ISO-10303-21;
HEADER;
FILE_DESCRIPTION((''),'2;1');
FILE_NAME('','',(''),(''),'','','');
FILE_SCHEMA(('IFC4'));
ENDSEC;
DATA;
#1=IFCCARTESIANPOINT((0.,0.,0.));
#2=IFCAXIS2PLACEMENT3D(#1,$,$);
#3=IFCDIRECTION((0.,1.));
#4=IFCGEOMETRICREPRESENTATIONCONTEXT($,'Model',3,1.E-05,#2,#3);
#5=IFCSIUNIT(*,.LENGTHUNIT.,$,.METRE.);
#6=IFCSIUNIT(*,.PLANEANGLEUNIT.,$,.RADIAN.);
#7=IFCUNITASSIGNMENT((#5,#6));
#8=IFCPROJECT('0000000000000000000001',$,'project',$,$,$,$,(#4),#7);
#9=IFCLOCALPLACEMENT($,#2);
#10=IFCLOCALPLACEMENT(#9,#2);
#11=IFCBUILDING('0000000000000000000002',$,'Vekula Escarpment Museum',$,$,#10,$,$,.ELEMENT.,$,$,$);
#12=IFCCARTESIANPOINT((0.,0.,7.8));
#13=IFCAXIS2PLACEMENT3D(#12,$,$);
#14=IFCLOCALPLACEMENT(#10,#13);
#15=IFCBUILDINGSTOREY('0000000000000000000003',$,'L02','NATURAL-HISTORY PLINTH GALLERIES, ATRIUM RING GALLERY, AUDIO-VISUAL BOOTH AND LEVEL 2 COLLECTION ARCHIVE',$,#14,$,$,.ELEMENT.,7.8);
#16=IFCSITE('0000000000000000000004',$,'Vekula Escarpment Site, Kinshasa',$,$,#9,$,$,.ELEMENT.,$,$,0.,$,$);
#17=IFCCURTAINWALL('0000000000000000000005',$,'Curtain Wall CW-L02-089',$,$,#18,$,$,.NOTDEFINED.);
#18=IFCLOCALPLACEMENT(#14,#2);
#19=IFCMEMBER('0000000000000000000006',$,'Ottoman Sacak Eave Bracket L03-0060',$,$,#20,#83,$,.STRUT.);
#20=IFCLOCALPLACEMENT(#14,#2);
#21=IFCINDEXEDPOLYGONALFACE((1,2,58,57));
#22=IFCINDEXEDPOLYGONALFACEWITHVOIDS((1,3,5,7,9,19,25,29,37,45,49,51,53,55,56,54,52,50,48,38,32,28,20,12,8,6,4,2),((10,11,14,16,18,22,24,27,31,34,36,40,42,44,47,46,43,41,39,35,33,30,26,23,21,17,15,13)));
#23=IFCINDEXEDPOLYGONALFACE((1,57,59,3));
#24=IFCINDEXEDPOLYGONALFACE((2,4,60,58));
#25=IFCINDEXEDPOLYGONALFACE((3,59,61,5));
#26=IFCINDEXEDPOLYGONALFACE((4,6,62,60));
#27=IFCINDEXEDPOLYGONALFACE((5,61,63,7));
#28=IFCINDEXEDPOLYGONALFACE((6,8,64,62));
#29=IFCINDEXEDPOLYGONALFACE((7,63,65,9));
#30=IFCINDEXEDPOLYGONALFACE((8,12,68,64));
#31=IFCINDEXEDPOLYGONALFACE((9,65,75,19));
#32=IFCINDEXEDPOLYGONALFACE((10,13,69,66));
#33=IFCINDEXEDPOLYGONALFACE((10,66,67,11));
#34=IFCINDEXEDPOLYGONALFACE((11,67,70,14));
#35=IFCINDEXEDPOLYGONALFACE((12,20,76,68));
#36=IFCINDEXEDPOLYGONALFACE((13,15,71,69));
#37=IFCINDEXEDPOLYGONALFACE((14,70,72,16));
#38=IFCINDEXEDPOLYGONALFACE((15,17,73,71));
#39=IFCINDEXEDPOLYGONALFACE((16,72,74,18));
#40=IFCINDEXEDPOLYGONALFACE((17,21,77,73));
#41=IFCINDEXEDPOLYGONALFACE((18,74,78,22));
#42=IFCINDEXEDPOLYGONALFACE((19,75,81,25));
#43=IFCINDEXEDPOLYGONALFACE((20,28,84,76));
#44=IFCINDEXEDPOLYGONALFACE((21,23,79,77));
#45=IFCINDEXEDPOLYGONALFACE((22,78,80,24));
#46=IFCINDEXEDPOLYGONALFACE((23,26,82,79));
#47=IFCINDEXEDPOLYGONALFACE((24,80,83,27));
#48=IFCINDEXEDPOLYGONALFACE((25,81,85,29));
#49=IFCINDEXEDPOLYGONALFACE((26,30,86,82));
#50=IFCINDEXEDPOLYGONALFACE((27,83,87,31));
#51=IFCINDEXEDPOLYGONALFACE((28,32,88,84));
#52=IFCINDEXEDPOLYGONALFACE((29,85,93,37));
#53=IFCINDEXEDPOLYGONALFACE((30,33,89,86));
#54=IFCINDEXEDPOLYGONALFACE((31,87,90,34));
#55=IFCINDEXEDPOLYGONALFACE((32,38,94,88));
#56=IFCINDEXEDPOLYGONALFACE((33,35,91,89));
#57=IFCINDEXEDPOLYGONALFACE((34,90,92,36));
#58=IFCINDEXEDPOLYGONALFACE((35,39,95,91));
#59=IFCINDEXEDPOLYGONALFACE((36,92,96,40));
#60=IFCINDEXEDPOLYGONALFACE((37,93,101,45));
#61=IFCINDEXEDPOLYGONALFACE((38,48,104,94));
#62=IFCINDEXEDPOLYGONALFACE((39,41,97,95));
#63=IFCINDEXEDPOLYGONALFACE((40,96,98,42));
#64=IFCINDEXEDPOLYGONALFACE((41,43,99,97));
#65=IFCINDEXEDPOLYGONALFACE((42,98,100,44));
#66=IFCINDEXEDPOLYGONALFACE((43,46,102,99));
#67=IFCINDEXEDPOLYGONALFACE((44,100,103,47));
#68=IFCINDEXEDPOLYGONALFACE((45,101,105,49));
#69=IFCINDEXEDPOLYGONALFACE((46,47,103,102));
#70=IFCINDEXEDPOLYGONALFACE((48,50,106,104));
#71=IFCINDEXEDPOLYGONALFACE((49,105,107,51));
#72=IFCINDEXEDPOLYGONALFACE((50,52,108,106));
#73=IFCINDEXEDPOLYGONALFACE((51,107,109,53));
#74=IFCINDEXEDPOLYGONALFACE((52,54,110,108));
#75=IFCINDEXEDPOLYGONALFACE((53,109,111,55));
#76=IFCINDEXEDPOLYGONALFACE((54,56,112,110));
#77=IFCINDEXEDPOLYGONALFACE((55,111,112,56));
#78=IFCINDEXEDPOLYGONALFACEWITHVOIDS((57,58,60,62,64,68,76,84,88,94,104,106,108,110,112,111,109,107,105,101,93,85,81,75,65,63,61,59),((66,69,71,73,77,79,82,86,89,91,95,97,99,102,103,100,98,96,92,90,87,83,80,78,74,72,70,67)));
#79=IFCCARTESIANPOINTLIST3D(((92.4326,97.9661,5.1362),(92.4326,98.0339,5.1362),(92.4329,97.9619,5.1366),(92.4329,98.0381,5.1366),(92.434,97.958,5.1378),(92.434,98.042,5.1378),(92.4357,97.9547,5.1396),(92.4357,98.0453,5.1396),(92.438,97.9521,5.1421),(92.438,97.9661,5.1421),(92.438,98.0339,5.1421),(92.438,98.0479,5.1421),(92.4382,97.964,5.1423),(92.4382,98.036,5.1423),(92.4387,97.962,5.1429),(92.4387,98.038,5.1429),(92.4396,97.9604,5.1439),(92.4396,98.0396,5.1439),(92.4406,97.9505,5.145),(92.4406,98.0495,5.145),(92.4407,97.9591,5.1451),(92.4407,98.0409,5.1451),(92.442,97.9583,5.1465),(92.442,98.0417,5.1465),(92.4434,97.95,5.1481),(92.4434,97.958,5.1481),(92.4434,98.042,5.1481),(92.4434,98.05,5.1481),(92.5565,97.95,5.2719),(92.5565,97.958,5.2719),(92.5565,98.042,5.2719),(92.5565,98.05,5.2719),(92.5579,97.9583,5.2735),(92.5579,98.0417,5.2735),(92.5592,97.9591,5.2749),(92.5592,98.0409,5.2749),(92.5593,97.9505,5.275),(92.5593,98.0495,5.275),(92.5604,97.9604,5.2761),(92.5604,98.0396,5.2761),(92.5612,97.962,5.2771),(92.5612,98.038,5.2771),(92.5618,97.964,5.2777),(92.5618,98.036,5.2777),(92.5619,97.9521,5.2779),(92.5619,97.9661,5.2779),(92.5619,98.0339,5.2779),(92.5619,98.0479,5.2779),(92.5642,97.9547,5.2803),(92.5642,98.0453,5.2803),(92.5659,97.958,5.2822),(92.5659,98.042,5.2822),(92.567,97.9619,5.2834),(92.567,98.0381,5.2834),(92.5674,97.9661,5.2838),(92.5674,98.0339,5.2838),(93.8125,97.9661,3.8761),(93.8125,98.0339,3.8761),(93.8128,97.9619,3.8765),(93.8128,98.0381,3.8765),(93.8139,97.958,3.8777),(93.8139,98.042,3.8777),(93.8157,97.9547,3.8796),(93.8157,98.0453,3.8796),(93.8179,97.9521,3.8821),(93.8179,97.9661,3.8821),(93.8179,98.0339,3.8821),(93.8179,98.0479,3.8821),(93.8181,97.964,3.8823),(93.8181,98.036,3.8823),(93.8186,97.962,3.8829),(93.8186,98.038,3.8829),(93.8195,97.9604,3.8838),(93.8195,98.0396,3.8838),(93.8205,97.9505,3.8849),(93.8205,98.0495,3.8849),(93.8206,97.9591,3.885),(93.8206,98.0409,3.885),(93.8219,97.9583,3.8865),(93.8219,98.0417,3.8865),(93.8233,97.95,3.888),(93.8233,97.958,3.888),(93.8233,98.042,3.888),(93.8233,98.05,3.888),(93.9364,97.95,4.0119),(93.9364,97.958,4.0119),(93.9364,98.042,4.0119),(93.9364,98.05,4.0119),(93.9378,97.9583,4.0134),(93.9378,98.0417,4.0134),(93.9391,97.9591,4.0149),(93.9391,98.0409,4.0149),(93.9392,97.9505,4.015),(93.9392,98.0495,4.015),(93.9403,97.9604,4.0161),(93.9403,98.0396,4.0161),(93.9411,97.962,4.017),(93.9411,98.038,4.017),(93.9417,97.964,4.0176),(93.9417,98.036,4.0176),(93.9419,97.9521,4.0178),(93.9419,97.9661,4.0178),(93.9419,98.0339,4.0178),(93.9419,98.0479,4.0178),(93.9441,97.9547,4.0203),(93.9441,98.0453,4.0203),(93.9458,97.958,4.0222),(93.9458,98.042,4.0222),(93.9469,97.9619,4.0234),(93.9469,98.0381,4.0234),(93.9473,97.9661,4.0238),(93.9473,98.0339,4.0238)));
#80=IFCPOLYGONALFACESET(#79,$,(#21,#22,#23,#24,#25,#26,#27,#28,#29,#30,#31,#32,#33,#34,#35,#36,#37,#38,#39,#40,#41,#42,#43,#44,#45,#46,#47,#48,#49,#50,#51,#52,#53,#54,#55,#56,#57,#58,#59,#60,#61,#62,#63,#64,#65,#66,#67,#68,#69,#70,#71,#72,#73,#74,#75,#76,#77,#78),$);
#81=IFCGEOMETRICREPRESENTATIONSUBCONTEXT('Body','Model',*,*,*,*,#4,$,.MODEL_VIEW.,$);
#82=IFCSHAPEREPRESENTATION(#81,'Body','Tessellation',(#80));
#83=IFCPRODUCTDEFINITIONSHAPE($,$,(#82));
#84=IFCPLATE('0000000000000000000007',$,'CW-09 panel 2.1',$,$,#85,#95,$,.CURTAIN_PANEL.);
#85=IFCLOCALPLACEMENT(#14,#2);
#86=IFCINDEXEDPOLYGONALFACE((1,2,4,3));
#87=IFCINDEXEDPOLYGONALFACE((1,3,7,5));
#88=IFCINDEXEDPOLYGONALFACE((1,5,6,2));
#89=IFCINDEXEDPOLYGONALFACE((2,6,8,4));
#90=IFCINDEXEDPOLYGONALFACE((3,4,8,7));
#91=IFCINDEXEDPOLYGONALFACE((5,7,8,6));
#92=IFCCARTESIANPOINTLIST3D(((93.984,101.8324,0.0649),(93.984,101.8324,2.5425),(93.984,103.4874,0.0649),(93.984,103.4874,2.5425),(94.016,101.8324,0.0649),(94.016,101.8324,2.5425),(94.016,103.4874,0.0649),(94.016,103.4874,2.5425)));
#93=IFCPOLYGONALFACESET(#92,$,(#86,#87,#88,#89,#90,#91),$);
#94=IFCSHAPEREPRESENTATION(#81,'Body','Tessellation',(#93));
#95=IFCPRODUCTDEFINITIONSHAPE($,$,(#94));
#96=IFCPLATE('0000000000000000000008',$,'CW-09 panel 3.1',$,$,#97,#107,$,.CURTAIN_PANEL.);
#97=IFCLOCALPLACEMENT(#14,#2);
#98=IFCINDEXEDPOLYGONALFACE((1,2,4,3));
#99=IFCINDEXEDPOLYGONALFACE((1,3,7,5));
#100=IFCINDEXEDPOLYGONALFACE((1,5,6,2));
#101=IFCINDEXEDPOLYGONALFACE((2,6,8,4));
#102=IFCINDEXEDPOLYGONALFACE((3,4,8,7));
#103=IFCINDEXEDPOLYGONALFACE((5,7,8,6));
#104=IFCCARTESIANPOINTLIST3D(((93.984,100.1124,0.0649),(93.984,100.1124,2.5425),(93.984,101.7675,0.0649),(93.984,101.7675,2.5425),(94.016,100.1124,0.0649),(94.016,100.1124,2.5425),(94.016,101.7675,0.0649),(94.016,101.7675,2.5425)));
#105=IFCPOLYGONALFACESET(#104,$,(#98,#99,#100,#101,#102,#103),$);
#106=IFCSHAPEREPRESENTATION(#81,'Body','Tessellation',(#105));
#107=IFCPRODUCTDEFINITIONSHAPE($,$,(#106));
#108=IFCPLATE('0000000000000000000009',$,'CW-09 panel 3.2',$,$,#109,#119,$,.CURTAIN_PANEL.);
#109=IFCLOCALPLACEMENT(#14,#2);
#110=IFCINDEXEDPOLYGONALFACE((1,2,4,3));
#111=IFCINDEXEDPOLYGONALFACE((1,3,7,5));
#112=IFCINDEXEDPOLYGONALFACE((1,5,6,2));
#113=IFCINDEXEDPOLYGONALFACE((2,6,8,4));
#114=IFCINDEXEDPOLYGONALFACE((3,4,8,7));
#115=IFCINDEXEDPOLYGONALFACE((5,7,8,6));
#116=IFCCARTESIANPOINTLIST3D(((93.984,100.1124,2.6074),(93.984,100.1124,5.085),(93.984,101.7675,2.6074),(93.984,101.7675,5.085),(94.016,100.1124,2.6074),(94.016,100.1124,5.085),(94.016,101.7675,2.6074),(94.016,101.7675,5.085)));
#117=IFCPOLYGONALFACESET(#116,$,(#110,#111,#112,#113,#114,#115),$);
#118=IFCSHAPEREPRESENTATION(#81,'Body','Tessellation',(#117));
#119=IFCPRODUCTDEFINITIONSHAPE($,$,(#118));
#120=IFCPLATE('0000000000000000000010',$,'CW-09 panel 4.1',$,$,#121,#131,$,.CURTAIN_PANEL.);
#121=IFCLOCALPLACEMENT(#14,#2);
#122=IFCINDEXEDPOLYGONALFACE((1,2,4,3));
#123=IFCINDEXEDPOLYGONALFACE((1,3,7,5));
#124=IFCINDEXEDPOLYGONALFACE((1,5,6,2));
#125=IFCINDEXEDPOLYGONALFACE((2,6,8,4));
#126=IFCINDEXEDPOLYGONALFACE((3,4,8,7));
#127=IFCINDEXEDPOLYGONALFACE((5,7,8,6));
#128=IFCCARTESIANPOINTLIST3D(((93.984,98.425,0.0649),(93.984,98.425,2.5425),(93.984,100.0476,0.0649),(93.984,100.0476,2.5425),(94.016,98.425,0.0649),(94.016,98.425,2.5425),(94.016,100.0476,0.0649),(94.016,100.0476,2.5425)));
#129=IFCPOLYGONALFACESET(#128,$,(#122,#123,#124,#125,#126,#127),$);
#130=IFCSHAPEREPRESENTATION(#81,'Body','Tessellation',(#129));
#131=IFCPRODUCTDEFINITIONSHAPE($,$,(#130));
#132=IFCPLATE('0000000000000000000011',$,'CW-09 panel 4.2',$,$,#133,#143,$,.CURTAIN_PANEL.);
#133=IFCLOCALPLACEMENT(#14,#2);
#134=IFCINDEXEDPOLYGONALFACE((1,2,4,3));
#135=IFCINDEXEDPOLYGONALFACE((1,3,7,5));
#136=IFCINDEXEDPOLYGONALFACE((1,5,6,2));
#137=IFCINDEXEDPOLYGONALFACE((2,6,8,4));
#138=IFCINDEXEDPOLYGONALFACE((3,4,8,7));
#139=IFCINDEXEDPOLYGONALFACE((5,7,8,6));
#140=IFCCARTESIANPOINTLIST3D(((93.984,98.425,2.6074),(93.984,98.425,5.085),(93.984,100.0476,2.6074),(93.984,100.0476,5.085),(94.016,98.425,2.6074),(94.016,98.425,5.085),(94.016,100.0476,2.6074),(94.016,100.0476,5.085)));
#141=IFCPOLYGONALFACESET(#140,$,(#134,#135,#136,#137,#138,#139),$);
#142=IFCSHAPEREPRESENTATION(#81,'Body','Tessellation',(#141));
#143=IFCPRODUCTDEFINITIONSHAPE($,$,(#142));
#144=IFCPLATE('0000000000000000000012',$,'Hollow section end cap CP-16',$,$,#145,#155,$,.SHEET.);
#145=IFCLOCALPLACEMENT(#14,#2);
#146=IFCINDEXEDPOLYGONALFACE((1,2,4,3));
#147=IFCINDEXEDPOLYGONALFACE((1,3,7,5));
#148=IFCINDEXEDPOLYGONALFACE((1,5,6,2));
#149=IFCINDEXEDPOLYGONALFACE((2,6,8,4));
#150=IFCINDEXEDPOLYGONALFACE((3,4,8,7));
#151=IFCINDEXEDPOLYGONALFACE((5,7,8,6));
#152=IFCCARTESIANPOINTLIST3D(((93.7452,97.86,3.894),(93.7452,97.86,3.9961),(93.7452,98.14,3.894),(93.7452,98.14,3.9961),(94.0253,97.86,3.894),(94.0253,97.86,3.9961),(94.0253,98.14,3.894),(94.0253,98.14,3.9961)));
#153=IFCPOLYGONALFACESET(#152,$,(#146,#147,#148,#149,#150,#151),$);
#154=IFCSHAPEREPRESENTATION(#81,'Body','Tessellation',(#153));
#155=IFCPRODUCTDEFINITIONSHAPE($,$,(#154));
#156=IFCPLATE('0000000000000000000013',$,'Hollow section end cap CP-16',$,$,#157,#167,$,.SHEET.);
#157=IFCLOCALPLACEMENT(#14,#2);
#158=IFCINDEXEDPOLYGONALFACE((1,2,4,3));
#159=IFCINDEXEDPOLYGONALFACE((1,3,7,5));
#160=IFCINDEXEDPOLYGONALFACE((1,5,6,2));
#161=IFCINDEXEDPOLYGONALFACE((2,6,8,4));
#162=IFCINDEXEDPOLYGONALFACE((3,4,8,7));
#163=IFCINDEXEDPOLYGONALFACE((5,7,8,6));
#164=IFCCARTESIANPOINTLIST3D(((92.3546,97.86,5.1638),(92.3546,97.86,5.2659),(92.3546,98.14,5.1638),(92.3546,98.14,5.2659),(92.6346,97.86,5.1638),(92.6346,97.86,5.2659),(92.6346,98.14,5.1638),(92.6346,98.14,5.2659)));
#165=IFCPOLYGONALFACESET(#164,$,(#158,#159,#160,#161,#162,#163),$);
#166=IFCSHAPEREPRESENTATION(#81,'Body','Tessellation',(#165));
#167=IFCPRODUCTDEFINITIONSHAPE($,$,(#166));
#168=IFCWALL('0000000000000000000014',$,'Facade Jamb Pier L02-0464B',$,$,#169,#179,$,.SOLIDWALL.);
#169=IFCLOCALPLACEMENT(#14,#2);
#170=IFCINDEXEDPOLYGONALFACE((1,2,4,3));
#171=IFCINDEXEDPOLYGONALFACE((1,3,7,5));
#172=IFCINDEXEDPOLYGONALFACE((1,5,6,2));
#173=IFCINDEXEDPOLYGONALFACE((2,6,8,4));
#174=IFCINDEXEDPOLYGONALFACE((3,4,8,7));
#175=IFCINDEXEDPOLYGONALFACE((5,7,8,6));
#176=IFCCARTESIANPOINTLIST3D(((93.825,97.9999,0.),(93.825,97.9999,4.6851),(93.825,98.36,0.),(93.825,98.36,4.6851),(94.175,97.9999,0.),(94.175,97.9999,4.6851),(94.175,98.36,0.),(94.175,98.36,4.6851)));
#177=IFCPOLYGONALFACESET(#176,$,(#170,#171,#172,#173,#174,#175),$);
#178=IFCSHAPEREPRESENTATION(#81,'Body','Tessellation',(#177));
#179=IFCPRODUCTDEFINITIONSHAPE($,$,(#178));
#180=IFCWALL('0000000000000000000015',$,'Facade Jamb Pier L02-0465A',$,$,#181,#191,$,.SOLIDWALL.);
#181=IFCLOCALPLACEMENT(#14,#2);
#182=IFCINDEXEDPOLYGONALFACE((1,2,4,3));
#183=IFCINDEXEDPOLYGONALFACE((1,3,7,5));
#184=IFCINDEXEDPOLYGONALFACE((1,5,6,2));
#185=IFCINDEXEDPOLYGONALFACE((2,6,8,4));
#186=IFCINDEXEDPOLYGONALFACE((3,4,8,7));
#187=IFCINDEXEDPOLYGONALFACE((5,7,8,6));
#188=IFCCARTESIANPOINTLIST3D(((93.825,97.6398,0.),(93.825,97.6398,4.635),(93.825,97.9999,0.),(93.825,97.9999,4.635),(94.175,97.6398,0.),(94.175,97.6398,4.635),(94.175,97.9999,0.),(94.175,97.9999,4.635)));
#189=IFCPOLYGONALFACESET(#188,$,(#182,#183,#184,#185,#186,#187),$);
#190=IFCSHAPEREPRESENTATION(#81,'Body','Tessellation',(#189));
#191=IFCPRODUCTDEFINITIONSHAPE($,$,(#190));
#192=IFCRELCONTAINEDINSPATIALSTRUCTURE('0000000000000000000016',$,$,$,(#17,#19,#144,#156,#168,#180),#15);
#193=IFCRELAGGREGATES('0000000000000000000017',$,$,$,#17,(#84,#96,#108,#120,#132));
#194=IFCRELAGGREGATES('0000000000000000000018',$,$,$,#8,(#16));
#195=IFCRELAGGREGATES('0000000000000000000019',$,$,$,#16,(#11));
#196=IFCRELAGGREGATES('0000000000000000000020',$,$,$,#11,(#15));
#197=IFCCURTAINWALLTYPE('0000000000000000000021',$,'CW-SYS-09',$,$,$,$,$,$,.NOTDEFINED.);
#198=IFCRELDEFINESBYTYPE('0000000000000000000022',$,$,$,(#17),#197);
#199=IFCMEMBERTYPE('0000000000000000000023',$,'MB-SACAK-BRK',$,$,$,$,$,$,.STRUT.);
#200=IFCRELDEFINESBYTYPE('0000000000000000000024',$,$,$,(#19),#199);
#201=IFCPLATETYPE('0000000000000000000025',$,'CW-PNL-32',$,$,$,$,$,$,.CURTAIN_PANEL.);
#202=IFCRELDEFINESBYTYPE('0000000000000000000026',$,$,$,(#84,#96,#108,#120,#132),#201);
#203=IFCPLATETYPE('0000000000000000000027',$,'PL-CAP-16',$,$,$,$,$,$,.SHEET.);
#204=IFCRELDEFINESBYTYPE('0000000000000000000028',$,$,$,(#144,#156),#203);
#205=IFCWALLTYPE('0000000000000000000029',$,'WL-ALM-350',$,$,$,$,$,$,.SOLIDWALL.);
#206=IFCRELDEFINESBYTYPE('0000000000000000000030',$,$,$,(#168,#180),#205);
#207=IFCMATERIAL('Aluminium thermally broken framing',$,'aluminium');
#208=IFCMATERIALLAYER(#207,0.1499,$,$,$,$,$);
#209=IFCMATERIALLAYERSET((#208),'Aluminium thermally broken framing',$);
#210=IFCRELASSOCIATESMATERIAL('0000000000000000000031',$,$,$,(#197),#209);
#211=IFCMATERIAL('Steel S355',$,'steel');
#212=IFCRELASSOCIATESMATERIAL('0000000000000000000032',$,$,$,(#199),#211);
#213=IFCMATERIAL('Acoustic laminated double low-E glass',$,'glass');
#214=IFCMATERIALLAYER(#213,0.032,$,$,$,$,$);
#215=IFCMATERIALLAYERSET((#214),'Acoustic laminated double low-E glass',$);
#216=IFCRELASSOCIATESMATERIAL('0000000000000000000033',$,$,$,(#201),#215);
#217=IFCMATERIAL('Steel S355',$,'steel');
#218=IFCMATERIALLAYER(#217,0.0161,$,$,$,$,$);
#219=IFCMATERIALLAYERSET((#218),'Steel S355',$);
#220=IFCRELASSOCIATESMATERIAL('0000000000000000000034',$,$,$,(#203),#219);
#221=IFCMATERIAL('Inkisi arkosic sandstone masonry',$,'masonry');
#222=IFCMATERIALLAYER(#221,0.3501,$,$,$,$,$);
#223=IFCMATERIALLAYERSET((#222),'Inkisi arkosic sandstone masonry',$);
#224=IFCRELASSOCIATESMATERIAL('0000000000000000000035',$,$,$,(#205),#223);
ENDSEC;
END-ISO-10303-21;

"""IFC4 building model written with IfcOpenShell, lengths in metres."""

from ifc_helpers import new_model, si_unit, direction, frame, frame_2d, origin, origin_2d, place, context, subcontext, project, spatial, rectangle, hollow_rectangle, extrude, material, layer, layer_set, material_profile, profile_set, type_object, element, aggregate, save


model = new_model("IFC4")

# Units and contexts
model_context = context("Model", 3, precision=1e-05, world=origin(), true_north=direction((0.0, 1.0)))
body_context = subcontext(model_context, "Body", "Model", "MODEL_VIEW")
ifc_project = project(units=[si_unit("LENGTHUNIT", "METRE"), si_unit("PLANEANGLEUNIT", "RADIAN")], contexts=[model_context])

# Site, building, storey
site_placement = place(None, origin())
site = spatial("IfcSite", under=ifc_project, at=site_placement, Name="Vekula Escarpment Site, Kinshasa", CompositionType="ELEMENT", RefElevation=0.0)
building_placement = place(site_placement, origin())
building = spatial("IfcBuilding", under=site, at=building_placement, Name="Vekula Escarpment Museum", CompositionType="ELEMENT")
storey_placement = place(building_placement, frame((0.0, 0.0, 7.8)))
storey = spatial("IfcBuildingStorey", under=building, at=storey_placement, Name="L02", Description="NATURAL-HISTORY PLINTH GALLERIES, ATRIUM RING GALLERY, AUDIO-VISUAL BOOTH AND LEVEL 2 COLLECTION ARCHIVE", CompositionType="ELEMENT", Elevation=7.8)

# Curtain wall
ifc_material_1 = material(Name="Aluminium thermally broken framing", Category="aluminium")
ifc_layer_1 = layer(ifc_material_1, 0.1499)
ifc_layer_set_1 = layer_set([ifc_layer_1], Name="Aluminium thermally broken framing")
curtain_wall_type_1 = type_object("IfcCurtainWallType", Name="CW-SYS-09", PredefinedType="NOTDEFINED", material=ifc_layer_set_1)
curtain_wall_1_placement = place(storey_placement, origin())
curtain_wall_1 = element("IfcCurtainWall", 1, at=curtain_wall_1_placement, inside=storey, type_object=curtain_wall_type_1, Name="Curtain Wall CW-L02-089", PredefinedType="NOTDEFINED")

# Member
ifc_material_2 = material(Name="Steel S355", Category="steel")
ifc_material_profile_1 = material_profile(ifc_material_2, hollow_rectangle(XDim=0.1001, YDim=0.2, WallThickness=0.0081, InnerFilletRadius=0.0081, OuterFilletRadius=0.0161, at=origin_2d()), Name="RHS 200x100x8")
ifc_profile_set_1 = profile_set([ifc_material_profile_1], Name="Steel S355")
member_type_1 = type_object("IfcMemberType", Name="MB-SACAK-BRK", PredefinedType="STRUT", material=ifc_profile_set_1)
member_1_placement = place(storey_placement, frame((93.8799, 98.0, 3.95), z_axis=(-0.738454, 0.0, 0.674303), x_axis=(0.0, -1.0, 0.0)))
element("IfcMember", 2, at=member_1_placement, inside=storey, type_object=member_type_1, Name="Ottoman Sacak Eave Bracket L03-0060", PredefinedType="STRUT", context=body_context, shape_type="SweptSolid", body=[
    extrude(hollow_rectangle(XDim=0.1001, YDim=0.2, WallThickness=0.0081, InnerFilletRadius=0.0081, OuterFilletRadius=0.0161, at=origin_2d()), origin(), (0.0, 0.0, 1.0), 1.8687),
])

# Plates
ifc_material_3 = material(Name="Acoustic laminated double low-E glass", Category="glass")
ifc_layer_2 = layer(ifc_material_3, 0.032)
ifc_layer_set_2 = layer_set([ifc_layer_2], Name="Acoustic laminated double low-E glass")
plate_type_1 = type_object("IfcPlateType", Name="CW-PNL-32", PredefinedType="CURTAIN_PANEL", material=ifc_layer_set_2)
plate_1_placement = place(storey_placement, frame((94.0, 102.6599, 0.0649), z_axis=(0.0, 0.0, 1.0), x_axis=(0.0, -1.0, 0.0)))
plate_1 = element("IfcPlate", 3, at=plate_1_placement, type_object=plate_type_1, Name="CW-09 panel 2.1", PredefinedType="CURTAIN_PANEL", context=body_context, shape_type="SweptSolid", body=[
    extrude(rectangle(XDim=1.655, YDim=0.032, at=origin_2d()), origin(), (0.0, 0.0, 1.0), 2.4775),
])
plate_2_placement = place(storey_placement, frame((94.0, 100.9399, 0.0649), z_axis=(0.0, 0.0, 1.0), x_axis=(0.0, -1.0, 0.0)))
plate_2 = element("IfcPlate", 4, at=plate_2_placement, type_object=plate_type_1, Name="CW-09 panel 3.1", PredefinedType="CURTAIN_PANEL", context=body_context, shape_type="SweptSolid", body=[
    extrude(rectangle(XDim=1.655, YDim=0.032, at=origin_2d()), origin(), (0.0, 0.0, 1.0), 2.4775),
])
plate_3_placement = place(storey_placement, frame((94.0, 100.9399, 2.6074), z_axis=(0.0, 0.0, 1.0), x_axis=(0.0, -1.0, 0.0)))
plate_3 = element("IfcPlate", 5, at=plate_3_placement, type_object=plate_type_1, Name="CW-09 panel 3.2", PredefinedType="CURTAIN_PANEL", context=body_context, shape_type="SweptSolid", body=[
    extrude(rectangle(XDim=1.655, YDim=0.032, at=origin_2d()), origin(), (0.0, 0.0, 1.0), 2.4775),
])
plate_4_placement = place(storey_placement, frame((94.0, 99.2363, 0.0649), z_axis=(0.0, 0.0, 1.0), x_axis=(0.0, -1.0, 0.0)))
plate_4 = element("IfcPlate", 6, at=plate_4_placement, type_object=plate_type_1, Name="CW-09 panel 4.1", PredefinedType="CURTAIN_PANEL", context=body_context, shape_type="SweptSolid", body=[
    extrude(rectangle(XDim=1.6226, YDim=0.032, at=origin_2d()), origin(), (0.0, 0.0, 1.0), 2.4775),
])
plate_5_placement = place(storey_placement, frame((94.0, 99.2363, 2.6074), z_axis=(0.0, 0.0, 1.0), x_axis=(0.0, -1.0, 0.0)))
plate_5 = element("IfcPlate", 7, at=plate_5_placement, type_object=plate_type_1, Name="CW-09 panel 4.2", PredefinedType="CURTAIN_PANEL", context=body_context, shape_type="SweptSolid", body=[
    extrude(rectangle(XDim=1.6226, YDim=0.032, at=origin_2d()), origin(), (0.0, 0.0, 1.0), 2.4775),
])
aggregate(curtain_wall_1, [plate_1, plate_2, plate_3, plate_4, plate_5])

# Plates
ifc_material_4 = material(Name="Steel S355", Category="steel")
ifc_layer_3 = layer(ifc_material_4, 0.0161)
ifc_layer_set_3 = layer_set([ifc_layer_3], Name="Steel S355")
plate_type_2 = type_object("IfcPlateType", Name="PL-CAP-16", PredefinedType="SHEET", material=ifc_layer_set_3)
for number, where, z_axis, x_axis, name in (
    (8, (93.8853, 98.0, 3.894), (0.0, 0.0, 1.0), (1.0, 0.0, 0.0), "Hollow section end cap CP-16"),
    (9, (92.4946, 98.0, 5.1638), (0.0, 0.0, 1.0), (1.0, 0.0, 0.0), "Hollow section end cap CP-16"),
):
    element("IfcPlate", number, at=place(storey_placement, frame(where, z_axis=z_axis, x_axis=x_axis)), inside=storey, type_object=plate_type_2, Name=name, PredefinedType="SHEET", context=body_context, shape_type="SweptSolid", body=[
        extrude(rectangle(XDim=0.28, YDim=0.28, at=origin_2d()), origin(), (0.0, 0.0, 1.0), 0.1021),
    ])

# Walls
ifc_material_5 = material(Name="Inkisi arkosic sandstone masonry", Category="masonry")
ifc_layer_4 = layer(ifc_material_5, 0.3501)
ifc_layer_set_4 = layer_set([ifc_layer_4], Name="Inkisi arkosic sandstone masonry")
wall_type = type_object("IfcWallType", Name="WL-ALM-350", PredefinedType="SOLIDWALL", material=ifc_layer_set_4)
wall_1_placement = place(storey_placement, frame((94.0, 98.3601, 0.0), z_axis=(0.0, 0.0, 1.0), x_axis=(0.0, -1.0, 0.0)))
element("IfcWall", 10, at=wall_1_placement, inside=storey, type_object=wall_type, Name="Facade Jamb Pier L02-0464B", PredefinedType="SOLIDWALL", context=body_context, shape_type="SweptSolid", body=[
    extrude(rectangle(XDim=0.3601, YDim=0.3501, at=frame_2d((0.1802, 0.0))), origin(), (0.0, 0.0, 1.0), 4.6851),
])
wall_2_placement = place(storey_placement, frame((94.0, 98.0, 0.0), z_axis=(0.0, 0.0, 1.0), x_axis=(0.0, -1.0, 0.0)))
element("IfcWall", 11, at=wall_2_placement, inside=storey, type_object=wall_type, Name="Facade Jamb Pier L02-0465A", PredefinedType="SOLIDWALL", context=body_context, shape_type="SweptSolid", body=[
    extrude(rectangle(XDim=0.3601, YDim=0.3501, at=frame_2d((0.1802, 0.0))), origin(), (0.0, 0.0, 1.0), 4.635),
])

save(model, "model.ifc")
